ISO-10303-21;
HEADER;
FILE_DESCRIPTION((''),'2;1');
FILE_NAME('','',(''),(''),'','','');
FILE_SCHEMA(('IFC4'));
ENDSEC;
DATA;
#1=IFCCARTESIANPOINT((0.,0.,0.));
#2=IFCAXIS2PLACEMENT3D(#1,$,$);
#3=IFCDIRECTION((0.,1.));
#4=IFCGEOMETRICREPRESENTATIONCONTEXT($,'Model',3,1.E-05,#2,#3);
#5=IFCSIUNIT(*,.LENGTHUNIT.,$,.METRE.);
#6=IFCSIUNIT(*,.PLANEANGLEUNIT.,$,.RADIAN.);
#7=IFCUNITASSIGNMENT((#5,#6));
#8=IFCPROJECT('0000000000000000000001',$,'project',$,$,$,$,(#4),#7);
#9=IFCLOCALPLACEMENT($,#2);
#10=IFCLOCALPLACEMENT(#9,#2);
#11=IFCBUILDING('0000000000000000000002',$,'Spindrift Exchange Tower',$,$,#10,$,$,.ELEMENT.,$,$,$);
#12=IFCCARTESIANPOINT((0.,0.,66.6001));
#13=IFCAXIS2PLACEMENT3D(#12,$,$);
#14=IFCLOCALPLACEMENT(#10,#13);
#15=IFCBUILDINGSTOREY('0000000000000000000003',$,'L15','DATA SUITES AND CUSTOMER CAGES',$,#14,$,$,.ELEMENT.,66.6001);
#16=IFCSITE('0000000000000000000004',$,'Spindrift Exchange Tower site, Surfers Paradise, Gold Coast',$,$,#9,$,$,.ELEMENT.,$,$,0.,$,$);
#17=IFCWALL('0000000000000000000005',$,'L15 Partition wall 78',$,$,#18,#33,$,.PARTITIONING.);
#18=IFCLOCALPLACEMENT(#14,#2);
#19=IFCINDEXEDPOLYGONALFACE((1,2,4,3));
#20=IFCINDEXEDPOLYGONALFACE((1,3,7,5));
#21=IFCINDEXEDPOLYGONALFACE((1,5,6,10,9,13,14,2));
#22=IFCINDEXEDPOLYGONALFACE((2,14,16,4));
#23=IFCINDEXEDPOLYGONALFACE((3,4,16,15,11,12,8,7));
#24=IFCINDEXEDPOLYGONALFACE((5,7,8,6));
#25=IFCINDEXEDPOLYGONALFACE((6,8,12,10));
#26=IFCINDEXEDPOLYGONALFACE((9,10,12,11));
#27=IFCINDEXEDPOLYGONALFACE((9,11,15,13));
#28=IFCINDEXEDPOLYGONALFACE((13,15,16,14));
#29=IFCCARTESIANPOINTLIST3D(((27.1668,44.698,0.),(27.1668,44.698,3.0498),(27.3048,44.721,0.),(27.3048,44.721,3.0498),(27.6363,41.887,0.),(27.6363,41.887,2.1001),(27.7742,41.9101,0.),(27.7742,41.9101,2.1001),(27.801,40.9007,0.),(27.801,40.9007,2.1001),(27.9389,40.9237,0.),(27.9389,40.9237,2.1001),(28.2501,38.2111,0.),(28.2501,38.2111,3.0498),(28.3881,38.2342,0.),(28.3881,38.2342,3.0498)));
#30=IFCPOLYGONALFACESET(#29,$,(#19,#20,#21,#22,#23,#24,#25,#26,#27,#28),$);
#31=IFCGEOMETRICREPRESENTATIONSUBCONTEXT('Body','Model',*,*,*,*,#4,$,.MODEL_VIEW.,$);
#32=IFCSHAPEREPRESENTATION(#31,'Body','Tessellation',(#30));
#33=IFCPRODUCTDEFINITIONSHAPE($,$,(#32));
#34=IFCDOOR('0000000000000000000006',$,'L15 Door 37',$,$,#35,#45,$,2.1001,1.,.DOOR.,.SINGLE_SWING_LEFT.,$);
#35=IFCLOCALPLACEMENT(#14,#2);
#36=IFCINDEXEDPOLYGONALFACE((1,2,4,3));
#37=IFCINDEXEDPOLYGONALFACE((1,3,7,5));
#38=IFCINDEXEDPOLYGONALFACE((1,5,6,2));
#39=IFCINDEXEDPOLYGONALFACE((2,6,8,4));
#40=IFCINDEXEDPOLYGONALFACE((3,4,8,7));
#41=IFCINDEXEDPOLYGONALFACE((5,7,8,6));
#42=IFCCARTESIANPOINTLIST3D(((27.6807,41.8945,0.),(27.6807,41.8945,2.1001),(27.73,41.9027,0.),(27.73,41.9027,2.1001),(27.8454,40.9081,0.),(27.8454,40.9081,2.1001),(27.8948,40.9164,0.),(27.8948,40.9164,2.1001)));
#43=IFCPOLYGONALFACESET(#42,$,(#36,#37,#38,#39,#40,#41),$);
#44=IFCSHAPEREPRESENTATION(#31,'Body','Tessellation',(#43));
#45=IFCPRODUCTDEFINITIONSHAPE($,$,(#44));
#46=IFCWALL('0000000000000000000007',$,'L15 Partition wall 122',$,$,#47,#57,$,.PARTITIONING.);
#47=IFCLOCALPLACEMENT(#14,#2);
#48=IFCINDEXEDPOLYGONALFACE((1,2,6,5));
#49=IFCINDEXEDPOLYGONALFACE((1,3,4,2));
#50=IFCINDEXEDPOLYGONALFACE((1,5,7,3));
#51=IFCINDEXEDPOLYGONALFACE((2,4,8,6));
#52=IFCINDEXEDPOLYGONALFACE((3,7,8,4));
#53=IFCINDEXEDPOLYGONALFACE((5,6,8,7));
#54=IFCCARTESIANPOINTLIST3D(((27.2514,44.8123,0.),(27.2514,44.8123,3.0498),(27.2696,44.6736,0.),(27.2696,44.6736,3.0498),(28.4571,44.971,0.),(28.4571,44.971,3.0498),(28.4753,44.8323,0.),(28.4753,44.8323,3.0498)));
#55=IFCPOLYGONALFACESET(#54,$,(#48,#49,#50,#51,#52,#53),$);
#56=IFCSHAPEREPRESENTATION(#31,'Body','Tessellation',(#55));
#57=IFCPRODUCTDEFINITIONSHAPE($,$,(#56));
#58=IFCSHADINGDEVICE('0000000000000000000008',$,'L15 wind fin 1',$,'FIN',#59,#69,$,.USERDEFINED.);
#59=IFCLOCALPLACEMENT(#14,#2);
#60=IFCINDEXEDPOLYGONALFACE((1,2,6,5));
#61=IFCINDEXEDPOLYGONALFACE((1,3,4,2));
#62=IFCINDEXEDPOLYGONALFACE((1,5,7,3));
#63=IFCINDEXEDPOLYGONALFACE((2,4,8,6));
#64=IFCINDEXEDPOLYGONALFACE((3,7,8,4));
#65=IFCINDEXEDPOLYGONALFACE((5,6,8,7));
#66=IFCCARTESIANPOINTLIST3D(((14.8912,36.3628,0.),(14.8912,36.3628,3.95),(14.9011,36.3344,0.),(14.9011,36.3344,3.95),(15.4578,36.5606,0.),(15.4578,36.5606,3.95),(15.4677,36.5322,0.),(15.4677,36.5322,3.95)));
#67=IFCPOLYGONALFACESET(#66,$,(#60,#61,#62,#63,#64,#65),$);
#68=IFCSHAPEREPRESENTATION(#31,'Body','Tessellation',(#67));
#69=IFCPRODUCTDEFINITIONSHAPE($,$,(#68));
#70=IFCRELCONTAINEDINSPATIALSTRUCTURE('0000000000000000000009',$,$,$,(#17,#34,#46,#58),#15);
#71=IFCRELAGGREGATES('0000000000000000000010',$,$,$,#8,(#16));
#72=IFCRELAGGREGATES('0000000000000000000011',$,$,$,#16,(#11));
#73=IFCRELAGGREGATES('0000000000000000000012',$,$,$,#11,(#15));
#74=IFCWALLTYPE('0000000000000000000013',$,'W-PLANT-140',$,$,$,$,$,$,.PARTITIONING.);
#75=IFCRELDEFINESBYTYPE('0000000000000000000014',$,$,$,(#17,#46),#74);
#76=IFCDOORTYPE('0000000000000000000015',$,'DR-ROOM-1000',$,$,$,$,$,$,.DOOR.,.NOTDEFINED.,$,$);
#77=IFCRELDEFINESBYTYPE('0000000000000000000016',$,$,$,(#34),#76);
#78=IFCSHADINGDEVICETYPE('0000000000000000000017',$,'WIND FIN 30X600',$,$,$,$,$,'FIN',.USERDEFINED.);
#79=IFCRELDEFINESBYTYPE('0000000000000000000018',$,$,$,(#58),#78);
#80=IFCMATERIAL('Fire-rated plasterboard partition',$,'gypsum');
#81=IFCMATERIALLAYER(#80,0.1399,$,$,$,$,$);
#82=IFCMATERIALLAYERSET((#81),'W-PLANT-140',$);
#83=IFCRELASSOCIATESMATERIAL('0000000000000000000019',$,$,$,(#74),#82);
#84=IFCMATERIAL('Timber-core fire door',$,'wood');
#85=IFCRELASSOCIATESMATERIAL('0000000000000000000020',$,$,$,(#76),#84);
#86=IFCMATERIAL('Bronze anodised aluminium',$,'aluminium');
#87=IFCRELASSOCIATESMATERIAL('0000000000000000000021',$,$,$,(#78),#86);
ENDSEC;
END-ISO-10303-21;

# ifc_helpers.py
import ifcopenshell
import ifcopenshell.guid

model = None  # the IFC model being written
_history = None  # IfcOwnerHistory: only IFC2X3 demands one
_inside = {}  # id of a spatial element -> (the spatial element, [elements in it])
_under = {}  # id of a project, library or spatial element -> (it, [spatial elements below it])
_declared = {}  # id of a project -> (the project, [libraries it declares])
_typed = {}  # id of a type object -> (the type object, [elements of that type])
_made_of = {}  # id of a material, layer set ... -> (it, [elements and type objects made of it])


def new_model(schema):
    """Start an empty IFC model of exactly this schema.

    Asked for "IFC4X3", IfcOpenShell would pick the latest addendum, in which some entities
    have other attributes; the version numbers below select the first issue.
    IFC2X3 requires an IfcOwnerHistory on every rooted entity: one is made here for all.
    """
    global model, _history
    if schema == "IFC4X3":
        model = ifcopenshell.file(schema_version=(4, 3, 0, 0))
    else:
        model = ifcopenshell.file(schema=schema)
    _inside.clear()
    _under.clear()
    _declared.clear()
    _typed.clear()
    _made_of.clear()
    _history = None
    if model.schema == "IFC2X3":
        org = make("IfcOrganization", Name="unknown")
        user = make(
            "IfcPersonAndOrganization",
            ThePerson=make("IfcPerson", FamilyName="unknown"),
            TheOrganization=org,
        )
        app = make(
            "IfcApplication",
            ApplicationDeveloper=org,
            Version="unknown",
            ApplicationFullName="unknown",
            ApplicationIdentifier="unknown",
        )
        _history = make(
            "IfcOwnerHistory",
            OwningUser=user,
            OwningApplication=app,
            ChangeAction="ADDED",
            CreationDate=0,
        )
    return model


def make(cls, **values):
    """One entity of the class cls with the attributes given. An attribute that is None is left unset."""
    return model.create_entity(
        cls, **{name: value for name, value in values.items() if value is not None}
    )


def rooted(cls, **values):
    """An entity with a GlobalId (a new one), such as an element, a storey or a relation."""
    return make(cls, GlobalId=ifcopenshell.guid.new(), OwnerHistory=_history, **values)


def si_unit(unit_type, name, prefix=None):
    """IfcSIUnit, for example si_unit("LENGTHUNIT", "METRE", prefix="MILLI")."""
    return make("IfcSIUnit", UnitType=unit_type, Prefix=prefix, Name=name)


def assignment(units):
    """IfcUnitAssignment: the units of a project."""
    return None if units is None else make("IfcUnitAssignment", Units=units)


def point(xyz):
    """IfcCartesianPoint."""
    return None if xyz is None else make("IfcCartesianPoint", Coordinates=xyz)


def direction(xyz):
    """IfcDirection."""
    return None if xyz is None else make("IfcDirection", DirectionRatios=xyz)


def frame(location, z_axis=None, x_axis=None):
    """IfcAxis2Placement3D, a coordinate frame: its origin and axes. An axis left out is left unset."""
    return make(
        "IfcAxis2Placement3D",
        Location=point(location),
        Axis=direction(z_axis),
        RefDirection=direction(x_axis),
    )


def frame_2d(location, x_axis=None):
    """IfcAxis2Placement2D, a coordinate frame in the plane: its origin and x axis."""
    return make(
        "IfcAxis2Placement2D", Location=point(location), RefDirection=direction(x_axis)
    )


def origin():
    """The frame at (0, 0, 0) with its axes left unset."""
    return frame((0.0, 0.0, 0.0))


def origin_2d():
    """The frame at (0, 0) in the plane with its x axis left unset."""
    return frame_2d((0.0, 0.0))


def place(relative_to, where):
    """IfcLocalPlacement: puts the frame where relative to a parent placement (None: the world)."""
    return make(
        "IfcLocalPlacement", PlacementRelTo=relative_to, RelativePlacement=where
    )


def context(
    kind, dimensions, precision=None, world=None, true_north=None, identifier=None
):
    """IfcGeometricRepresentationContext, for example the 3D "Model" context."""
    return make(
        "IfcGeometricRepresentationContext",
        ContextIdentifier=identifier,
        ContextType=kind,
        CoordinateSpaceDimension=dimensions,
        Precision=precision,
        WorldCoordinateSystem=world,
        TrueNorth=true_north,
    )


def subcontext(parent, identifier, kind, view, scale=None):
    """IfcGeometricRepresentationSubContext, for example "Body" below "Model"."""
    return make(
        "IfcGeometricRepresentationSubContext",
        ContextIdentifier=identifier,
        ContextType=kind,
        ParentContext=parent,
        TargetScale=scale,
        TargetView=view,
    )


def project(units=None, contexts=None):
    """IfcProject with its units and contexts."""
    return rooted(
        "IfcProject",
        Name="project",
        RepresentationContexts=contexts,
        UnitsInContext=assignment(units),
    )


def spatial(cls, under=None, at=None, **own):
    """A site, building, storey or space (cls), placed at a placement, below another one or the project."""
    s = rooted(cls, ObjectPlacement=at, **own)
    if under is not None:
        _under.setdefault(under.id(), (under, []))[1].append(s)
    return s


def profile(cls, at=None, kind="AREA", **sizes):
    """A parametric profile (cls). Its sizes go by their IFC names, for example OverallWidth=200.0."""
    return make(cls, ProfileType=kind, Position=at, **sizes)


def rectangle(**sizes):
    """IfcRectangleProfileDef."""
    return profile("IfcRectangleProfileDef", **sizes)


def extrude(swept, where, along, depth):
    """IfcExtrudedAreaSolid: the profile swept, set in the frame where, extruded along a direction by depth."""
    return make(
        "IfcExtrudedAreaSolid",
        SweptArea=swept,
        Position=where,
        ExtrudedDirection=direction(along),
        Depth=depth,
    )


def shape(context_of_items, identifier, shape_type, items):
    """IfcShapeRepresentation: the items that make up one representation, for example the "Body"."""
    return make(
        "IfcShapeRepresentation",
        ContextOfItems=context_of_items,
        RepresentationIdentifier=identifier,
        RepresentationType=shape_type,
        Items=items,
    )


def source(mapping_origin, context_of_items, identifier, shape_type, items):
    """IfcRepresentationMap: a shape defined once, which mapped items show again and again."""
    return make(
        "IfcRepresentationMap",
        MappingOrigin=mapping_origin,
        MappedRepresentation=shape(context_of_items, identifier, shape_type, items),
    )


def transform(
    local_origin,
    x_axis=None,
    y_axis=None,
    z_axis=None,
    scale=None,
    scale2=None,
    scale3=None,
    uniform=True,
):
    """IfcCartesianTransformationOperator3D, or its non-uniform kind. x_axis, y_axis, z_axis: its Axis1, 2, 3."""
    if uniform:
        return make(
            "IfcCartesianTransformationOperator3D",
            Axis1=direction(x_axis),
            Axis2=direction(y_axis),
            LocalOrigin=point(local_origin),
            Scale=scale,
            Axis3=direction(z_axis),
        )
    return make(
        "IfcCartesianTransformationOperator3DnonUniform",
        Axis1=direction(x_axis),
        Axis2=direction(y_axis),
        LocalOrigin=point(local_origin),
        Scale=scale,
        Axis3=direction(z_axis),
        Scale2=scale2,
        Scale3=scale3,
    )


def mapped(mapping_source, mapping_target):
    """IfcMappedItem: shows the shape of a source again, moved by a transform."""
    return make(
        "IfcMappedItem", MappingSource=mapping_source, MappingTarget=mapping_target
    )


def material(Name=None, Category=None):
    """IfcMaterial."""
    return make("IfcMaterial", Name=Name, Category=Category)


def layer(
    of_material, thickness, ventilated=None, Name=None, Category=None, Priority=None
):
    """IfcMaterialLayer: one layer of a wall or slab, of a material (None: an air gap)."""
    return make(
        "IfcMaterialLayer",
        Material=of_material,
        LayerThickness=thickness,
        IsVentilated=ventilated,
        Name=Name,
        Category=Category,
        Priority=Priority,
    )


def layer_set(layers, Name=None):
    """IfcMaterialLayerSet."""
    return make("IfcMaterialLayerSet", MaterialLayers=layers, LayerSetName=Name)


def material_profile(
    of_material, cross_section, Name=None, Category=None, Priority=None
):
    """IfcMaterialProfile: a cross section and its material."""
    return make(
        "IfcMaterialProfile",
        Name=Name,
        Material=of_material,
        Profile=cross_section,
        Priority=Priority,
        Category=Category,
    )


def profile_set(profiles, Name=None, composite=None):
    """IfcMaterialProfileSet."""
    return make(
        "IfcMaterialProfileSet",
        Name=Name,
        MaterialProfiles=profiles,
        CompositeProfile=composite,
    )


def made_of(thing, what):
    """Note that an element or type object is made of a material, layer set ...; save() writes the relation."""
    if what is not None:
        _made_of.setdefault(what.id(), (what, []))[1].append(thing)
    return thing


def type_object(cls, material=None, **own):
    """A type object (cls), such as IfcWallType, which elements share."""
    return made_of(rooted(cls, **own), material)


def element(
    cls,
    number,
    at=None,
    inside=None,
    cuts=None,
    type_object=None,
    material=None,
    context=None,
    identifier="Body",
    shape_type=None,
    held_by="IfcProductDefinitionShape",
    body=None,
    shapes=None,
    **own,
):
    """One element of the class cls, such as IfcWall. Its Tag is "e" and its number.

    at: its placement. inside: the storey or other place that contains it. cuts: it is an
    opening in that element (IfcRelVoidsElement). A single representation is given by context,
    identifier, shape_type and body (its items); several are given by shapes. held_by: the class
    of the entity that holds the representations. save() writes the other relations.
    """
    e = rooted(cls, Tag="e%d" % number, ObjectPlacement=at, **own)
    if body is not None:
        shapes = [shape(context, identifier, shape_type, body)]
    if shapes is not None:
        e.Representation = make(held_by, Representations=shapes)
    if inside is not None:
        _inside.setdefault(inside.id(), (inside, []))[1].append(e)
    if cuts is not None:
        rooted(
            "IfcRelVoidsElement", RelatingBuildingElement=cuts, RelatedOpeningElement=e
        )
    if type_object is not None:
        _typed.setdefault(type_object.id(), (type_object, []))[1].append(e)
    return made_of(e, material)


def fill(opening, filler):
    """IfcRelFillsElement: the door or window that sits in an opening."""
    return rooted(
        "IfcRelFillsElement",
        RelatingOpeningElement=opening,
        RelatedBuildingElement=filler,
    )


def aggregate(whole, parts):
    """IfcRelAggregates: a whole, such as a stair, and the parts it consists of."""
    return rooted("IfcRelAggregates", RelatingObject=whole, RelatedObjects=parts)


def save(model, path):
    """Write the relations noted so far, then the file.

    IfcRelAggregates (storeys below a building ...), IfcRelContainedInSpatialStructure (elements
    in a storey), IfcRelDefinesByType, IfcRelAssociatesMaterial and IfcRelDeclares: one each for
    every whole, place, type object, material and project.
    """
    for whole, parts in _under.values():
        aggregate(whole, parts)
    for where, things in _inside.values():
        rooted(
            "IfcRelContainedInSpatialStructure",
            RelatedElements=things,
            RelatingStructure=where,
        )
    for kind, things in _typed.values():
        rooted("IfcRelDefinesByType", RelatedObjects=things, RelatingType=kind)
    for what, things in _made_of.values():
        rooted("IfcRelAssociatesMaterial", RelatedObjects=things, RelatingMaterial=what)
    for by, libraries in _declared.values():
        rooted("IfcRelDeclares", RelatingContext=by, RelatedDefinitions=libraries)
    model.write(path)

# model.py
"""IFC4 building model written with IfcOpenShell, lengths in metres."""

from ifc_helpers import new_model, si_unit, direction, frame, frame_2d, origin, origin_2d, place, context, subcontext, project, spatial, rectangle, extrude, source, transform, mapped, material, layer, layer_set, material_profile, profile_set, type_object, element, fill, save


model = new_model("IFC4")

# Units and contexts
model_context = context("Model", 3, precision=1e-05, world=origin(), true_north=direction((0.0, 1.0)))
body_context = subcontext(model_context, "Body", "Model", "MODEL_VIEW")
ifc_project = project(units=[si_unit("LENGTHUNIT", "METRE"), si_unit("PLANEANGLEUNIT", "RADIAN")], contexts=[model_context])

# Site, building, storey
site_placement = place(None, origin())
site = spatial("IfcSite", under=ifc_project, at=site_placement, Name="Spindrift Exchange Tower site, Surfers Paradise, Gold Coast", CompositionType="ELEMENT", RefElevation=0.0)
building_placement = place(site_placement, origin())
building = spatial("IfcBuilding", under=site, at=building_placement, Name="Spindrift Exchange Tower", CompositionType="ELEMENT")
storey_placement = place(building_placement, frame((0.0, 0.0, 66.6001)))
storey = spatial("IfcBuildingStorey", under=building, at=storey_placement, Name="L15", Description="DATA SUITES AND CUSTOMER CAGES", CompositionType="ELEMENT", Elevation=66.6001)

# Shared definitions
ifc_material_1 = material(Name="Bronze anodised aluminium", Category="aluminium")

# Shared definitions
ifc_material_2 = material(Name="Fire-rated plasterboard partition", Category="gypsum")

# Wall, opening, door
ifc_layer_1 = layer(ifc_material_2, 0.1399)
ifc_layer_set_1 = layer_set([ifc_layer_1], Name="W-PLANT-140")
wall_type_1 = type_object("IfcWallType", Name="W-PLANT-140", PredefinedType="PARTITIONING", material=ifc_layer_set_1)
ifc_material_3 = material(Name="Timber-core fire door", Category="wood")
door_type = type_object("IfcDoorType", Name="DR-ROOM-1000", OperationType="NOTDEFINED", PredefinedType="DOOR", material=ifc_material_3)
shared_shape_1 = source(origin(), body_context, "Body", "SweptSolid", [
    extrude(rectangle(XDim=1.0, YDim=2.1001, at=frame_2d((0.5, 1.05))), frame((0.0, 0.0249, 0.0), z_axis=(0.0, -1.0, 0.0), x_axis=(1.0, 0.0, 0.0)), (0.0, 0.0, 1.0), 0.05),
])
wall_1_placement = place(storey_placement, frame((28.3191, 38.2227, 0.0), z_axis=(0.0, 0.0, 1.0), x_axis=(-0.164712, 0.986342, 0.0)))
wall_1 = element("IfcWall", 1, at=wall_1_placement, inside=storey, type_object=wall_type_1, Name="L15 Partition wall 78", PredefinedType="PARTITIONING", context=body_context, shape_type="SweptSolid", body=[
    extrude(rectangle(XDim=6.5767, YDim=0.1399, at=frame_2d((3.2883, 0.0))), origin(), (0.0, 0.0, 1.0), 3.0498),
])
opening_1_placement = place(wall_1_placement, frame((2.7268, 0.0, 0.0)))
opening_1 = element("IfcOpeningElement", 2, at=opening_1_placement, cuts=wall_1, PredefinedType="OPENING", context=body_context, shape_type="SweptSolid", body=[
    extrude(rectangle(XDim=1.0, YDim=2.1001, at=frame_2d((0.5, 1.05))), frame((0.0, 0.0798, 0.0), z_axis=(0.0, -1.0, 0.0), x_axis=(1.0, 0.0, 0.0)), (0.0, 0.0, 1.0), 0.1599),
])
door_1_placement = place(opening_1_placement, origin())
door_1 = element("IfcDoor", 3, at=door_1_placement, inside=storey, type_object=door_type, Name="L15 Door 37", OperationType="SINGLE_SWING_LEFT", OverallHeight=2.1001, OverallWidth=1.0, PredefinedType="DOOR", context=body_context, shape_type="MappedRepresentation", body=[
    mapped(shared_shape_1, transform((0.0, 0.0, 0.0), scale=1.0)),
])
fill(opening_1, door_1)

# Wall
wall_2_placement = place(storey_placement, frame((28.4661, 44.9016, 0.0), z_axis=(0.0, 0.0, 1.0), x_axis=(-0.991447, -0.130506, 0.0)))
element("IfcWall", 4, at=wall_2_placement, inside=storey, type_object=wall_type_1, Name="L15 Partition wall 122", PredefinedType="PARTITIONING", context=body_context, shape_type="SweptSolid", body=[
    extrude(rectangle(XDim=1.2161, YDim=0.1399, at=frame_2d((0.6079, 0.0))), origin(), (0.0, 0.0, 1.0), 3.0498),
])

# Shading device
ifc_material_profile_1 = material_profile(ifc_material_1, rectangle(XDim=0.03, YDim=0.6001, at=origin_2d()), Name="WIND FIN 30X600")
ifc_profile_set_1 = profile_set([ifc_material_profile_1], Name="Bronze anodised aluminium")
shading_device_type = type_object("IfcShadingDeviceType", Name="WIND FIN 30X600", ElementType="FIN", PredefinedType="USERDEFINED", material=ifc_profile_set_1)
shared_shape_2 = source(origin(), body_context, "Body", "SweptSolid", [
    extrude(rectangle(XDim=0.03, YDim=0.6001, at=origin_2d()), origin(), (0.0, 0.0, 1.0), 3.95),
])
shading_device_placement = place(storey_placement, frame((15.1794, 36.4475, 0.0), z_axis=(0.0, 0.0, 1.0), x_axis=(0.329654, -0.944102, 0.0)))
element("IfcShadingDevice", 5, at=shading_device_placement, inside=storey, type_object=shading_device_type, Name="L15 wind fin 1", ObjectType="FIN", PredefinedType="USERDEFINED", context=body_context, shape_type="MappedRepresentation", body=[
    mapped(shared_shape_2, transform((0.0, 0.0, 0.0), scale=1.0)),
])

save(model, "model.ifc")
